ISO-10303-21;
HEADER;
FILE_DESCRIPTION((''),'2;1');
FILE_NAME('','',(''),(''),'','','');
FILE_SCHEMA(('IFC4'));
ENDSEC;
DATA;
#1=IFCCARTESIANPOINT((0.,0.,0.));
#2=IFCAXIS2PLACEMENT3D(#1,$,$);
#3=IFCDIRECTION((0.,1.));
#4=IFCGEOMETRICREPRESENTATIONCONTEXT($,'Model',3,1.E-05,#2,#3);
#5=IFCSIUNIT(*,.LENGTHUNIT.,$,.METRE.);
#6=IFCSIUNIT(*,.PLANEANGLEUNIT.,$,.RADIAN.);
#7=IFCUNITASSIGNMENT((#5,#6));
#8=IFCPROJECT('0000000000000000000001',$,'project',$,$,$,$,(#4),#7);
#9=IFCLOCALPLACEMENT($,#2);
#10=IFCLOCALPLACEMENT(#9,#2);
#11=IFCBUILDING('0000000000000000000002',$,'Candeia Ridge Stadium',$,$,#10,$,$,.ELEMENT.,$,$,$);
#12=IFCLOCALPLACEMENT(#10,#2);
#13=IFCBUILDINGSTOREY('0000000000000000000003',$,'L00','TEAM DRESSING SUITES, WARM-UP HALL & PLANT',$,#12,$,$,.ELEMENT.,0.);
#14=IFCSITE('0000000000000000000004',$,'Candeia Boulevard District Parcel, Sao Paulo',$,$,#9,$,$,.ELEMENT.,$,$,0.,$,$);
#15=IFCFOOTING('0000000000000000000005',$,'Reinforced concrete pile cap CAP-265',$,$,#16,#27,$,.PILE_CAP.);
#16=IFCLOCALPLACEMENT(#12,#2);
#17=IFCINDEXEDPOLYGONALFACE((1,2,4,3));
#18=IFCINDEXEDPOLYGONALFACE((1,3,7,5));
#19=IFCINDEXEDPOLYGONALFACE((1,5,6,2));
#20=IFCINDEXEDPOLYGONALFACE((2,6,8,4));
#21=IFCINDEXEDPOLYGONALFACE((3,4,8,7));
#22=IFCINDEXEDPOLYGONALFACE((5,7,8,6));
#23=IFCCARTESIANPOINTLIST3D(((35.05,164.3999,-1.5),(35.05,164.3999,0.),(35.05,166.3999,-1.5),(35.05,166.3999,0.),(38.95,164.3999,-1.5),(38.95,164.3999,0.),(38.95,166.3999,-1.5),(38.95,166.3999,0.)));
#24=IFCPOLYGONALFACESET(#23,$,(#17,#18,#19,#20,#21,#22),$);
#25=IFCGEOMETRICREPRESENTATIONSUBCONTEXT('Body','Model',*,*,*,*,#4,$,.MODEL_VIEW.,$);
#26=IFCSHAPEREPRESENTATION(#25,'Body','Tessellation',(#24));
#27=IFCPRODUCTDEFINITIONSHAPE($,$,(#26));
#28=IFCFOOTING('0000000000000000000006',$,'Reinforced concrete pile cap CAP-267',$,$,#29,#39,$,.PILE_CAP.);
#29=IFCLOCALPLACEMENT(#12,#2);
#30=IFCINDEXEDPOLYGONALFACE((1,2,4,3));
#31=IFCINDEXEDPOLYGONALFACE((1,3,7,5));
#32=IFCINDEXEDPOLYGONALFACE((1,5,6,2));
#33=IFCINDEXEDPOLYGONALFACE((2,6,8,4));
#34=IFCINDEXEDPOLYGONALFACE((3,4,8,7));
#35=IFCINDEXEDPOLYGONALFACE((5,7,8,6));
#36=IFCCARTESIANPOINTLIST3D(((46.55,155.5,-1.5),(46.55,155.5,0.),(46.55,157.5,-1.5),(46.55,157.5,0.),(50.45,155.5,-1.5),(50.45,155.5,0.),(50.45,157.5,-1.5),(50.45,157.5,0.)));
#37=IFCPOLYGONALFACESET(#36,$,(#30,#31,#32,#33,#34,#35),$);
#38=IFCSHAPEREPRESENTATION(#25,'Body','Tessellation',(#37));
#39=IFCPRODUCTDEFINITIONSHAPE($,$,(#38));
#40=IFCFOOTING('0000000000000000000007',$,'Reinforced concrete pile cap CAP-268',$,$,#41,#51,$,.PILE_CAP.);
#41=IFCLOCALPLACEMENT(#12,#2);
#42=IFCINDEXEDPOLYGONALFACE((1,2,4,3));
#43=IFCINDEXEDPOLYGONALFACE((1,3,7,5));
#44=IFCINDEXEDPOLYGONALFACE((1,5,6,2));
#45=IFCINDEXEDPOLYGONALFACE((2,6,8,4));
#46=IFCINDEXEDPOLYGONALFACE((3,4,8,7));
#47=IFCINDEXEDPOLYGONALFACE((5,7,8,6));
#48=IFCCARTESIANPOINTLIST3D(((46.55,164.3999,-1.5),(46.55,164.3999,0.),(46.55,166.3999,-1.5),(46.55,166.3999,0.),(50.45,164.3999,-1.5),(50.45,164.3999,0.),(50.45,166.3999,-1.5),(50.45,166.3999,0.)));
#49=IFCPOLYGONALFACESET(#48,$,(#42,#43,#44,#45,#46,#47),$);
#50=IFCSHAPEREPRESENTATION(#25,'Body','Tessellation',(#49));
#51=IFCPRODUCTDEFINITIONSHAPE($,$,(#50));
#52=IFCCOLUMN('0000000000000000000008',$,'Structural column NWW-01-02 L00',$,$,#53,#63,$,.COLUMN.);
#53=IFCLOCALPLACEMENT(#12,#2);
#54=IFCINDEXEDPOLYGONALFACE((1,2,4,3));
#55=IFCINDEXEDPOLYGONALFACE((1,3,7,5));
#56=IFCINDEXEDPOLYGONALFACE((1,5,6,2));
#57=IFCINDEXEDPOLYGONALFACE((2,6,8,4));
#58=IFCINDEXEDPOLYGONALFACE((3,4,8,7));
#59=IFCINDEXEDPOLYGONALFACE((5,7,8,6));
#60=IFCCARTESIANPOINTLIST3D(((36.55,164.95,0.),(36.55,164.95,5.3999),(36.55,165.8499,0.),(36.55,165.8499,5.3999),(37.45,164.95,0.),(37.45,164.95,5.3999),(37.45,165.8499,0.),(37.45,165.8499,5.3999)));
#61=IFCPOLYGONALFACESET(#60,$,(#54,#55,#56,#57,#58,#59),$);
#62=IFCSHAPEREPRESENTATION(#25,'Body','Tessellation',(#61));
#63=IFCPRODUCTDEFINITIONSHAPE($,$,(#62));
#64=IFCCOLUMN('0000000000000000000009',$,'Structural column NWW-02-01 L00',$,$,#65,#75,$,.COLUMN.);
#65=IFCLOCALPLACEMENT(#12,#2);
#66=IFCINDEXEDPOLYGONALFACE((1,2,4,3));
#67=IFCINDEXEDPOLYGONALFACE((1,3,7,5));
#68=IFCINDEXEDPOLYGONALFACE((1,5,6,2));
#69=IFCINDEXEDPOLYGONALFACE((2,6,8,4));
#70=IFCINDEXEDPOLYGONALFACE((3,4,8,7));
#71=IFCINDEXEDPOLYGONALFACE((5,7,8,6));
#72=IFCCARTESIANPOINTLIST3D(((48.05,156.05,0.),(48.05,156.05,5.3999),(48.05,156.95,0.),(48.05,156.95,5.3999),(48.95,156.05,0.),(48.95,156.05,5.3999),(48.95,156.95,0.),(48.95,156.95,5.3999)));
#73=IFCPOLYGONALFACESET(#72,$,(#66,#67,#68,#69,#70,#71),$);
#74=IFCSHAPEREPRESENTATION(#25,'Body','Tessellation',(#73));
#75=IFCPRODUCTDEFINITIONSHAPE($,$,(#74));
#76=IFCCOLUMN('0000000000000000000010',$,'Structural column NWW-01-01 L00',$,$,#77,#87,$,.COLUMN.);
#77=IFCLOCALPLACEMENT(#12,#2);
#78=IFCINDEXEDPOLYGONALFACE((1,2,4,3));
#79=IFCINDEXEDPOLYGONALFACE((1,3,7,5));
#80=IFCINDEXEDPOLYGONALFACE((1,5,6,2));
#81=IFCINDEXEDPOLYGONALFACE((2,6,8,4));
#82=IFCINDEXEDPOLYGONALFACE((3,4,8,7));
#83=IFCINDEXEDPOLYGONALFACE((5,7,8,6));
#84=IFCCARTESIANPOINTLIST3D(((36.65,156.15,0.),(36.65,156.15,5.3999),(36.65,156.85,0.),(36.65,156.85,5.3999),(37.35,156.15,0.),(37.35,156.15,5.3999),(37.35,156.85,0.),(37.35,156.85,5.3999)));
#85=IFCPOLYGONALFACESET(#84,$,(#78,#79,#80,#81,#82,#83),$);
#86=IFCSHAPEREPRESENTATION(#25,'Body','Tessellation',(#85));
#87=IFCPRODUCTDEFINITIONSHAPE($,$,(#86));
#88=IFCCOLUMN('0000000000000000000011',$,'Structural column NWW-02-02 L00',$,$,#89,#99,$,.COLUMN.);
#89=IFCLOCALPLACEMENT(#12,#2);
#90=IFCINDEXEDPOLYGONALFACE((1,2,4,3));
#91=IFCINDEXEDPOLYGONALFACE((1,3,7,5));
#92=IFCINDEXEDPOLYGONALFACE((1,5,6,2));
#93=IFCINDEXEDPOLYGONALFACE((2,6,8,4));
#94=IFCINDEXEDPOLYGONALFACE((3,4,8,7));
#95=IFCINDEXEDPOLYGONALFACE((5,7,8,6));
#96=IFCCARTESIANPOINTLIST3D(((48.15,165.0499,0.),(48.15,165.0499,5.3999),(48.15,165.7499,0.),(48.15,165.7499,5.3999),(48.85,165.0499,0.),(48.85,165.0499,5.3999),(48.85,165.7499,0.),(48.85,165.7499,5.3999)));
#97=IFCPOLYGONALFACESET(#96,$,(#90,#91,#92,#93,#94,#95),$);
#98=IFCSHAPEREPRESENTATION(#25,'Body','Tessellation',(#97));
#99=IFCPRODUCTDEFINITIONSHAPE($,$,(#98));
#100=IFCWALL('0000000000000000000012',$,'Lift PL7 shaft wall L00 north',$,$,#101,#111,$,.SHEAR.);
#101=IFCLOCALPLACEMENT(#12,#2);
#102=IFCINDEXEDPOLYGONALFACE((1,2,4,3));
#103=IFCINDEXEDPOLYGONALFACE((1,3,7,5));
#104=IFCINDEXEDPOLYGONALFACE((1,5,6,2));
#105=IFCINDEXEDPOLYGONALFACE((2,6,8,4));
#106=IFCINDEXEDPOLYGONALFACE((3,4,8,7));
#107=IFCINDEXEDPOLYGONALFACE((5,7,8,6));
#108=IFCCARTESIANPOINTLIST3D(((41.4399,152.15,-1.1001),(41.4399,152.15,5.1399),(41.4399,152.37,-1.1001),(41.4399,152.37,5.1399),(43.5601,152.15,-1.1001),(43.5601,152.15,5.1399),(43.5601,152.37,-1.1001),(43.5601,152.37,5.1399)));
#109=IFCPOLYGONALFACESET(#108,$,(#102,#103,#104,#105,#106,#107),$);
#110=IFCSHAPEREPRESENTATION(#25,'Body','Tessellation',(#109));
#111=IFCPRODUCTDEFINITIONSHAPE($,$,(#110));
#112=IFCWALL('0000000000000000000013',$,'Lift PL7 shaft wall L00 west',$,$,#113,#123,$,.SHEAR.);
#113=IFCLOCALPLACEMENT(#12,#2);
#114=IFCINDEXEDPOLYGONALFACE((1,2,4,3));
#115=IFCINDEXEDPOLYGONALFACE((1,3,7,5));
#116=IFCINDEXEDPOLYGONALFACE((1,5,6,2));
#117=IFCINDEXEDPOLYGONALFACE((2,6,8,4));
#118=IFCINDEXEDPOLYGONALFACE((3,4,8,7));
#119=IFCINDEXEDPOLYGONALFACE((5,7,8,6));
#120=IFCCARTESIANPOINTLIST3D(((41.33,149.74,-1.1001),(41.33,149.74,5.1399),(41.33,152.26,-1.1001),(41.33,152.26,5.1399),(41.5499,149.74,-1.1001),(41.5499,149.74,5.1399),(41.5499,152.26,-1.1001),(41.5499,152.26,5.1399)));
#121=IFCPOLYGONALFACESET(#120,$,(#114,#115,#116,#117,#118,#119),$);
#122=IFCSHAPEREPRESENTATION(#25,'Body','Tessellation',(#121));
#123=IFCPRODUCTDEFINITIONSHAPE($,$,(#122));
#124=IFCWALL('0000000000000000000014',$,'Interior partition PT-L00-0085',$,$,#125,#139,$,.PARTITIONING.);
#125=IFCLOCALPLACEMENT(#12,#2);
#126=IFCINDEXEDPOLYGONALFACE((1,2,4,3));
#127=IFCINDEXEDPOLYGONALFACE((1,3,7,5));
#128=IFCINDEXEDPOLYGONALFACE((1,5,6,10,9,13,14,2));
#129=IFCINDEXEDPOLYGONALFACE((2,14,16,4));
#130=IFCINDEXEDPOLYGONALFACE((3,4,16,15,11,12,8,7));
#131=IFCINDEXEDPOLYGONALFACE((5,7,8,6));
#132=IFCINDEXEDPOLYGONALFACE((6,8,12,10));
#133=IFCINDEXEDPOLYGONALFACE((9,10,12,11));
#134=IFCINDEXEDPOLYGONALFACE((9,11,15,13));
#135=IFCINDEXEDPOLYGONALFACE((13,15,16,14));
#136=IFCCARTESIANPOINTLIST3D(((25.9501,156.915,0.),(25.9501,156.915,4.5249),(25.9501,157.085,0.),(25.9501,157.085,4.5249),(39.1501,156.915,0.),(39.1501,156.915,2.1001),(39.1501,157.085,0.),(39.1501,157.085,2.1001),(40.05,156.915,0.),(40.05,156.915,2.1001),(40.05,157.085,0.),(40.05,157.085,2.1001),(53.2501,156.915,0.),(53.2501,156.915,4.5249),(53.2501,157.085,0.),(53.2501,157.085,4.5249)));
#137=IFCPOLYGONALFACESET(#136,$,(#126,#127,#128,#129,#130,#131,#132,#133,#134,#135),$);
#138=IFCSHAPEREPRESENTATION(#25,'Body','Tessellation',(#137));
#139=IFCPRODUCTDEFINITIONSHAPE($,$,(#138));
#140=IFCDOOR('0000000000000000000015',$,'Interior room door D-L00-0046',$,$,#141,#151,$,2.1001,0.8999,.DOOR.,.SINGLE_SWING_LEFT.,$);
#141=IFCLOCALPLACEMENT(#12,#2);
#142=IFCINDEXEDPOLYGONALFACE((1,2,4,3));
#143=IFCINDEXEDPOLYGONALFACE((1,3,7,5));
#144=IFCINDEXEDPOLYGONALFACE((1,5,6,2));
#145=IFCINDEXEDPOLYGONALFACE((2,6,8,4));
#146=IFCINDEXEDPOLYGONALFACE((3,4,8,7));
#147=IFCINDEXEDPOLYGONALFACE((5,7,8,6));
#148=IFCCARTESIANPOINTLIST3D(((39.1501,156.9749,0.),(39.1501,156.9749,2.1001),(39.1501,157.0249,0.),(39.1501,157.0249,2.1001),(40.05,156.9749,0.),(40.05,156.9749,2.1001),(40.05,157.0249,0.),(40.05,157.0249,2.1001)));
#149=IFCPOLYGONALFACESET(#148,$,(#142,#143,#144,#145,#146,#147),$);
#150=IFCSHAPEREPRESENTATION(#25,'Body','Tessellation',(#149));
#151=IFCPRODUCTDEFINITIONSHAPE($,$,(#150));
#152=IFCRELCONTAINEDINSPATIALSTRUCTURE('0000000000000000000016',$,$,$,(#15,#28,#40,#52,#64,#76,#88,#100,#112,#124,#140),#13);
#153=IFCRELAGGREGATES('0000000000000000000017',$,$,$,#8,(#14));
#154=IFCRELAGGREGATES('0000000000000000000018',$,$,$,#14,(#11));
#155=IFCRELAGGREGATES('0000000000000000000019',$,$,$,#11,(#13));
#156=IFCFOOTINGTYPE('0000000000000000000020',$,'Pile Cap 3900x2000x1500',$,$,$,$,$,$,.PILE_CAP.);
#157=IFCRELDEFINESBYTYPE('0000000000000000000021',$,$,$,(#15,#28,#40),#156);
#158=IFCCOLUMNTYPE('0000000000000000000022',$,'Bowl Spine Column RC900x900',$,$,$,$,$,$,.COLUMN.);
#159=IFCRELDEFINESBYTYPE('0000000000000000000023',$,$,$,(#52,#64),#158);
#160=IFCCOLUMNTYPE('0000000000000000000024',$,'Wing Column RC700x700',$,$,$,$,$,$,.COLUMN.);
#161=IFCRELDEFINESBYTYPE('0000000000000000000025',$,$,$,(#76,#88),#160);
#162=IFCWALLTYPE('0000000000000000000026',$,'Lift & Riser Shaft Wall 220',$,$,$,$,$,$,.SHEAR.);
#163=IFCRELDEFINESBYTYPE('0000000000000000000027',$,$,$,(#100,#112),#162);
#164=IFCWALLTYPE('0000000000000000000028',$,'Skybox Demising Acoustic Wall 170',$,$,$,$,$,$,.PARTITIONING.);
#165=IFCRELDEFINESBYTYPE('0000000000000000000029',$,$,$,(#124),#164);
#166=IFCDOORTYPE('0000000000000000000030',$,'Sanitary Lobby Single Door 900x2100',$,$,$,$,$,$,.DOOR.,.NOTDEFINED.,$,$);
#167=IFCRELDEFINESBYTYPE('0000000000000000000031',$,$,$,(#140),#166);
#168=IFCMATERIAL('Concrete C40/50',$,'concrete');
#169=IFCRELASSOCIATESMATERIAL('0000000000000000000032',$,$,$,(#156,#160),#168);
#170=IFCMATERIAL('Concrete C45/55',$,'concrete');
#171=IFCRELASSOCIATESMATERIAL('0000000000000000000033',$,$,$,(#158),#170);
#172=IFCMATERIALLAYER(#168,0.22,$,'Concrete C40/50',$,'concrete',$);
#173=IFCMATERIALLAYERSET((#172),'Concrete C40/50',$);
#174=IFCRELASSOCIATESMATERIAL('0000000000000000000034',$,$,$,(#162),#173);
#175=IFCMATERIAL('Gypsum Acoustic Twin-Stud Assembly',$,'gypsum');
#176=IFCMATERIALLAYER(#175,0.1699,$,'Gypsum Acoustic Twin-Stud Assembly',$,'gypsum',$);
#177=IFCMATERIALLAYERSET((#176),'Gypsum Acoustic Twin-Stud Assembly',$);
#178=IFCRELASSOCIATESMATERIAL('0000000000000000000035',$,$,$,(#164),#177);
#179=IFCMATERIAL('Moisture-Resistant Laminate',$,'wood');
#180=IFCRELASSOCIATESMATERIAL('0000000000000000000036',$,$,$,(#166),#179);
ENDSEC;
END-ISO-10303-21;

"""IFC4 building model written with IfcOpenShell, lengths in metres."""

from ifc_helpers import new_model, si_unit, direction, frame, frame_2d, origin, origin_2d, place, context, subcontext, project, spatial, rectangle, extrude, material, layer, layer_set, material_profile, profile_set, type_object, element, fill, save


model = new_model("IFC4")

# Units and contexts
model_context = context("Model", 3, precision=1e-05, world=origin(), true_north=direction((0.0, 1.0)))
body_context = subcontext(model_context, "Body", "Model", "MODEL_VIEW")
ifc_project = project(units=[si_unit("LENGTHUNIT", "METRE"), si_unit("PLANEANGLEUNIT", "RADIAN")], contexts=[model_context])

# Site, building, storey
site_placement = place(None, origin())
site = spatial("IfcSite", under=ifc_project, at=site_placement, Name="Candeia Boulevard District Parcel, Sao Paulo", CompositionType="ELEMENT", RefElevation=0.0)
building_placement = place(site_placement, origin())
building = spatial("IfcBuilding", under=site, at=building_placement, Name="Candeia Ridge Stadium", CompositionType="ELEMENT")
storey_placement = place(building_placement, origin())
storey = spatial("IfcBuildingStorey", under=building, at=storey_placement, Name="L00", Description="TEAM DRESSING SUITES, WARM-UP HALL & PLANT", CompositionType="ELEMENT", Elevation=0.0)

# Shared definitions
ifc_material_1 = material(Name="Concrete C40/50", Category="concrete")

# Footings
footing_type_1 = type_object("IfcFootingType", Name="Pile Cap 3900x2000x1500", PredefinedType="PILE_CAP", material=ifc_material_1)
for number, where, z_axis, x_axis, name in (
    (1, (37.0, 165.3999, -1.5), (0.0, 0.0, 1.0), (1.0, 0.0, 0.0), "Reinforced concrete pile cap CAP-265"),
    (2, (48.5, 156.5, -1.5), (0.0, 0.0, 1.0), (1.0, 0.0, 0.0), "Reinforced concrete pile cap CAP-267"),
    (3, (48.5, 165.3999, -1.5), (0.0, 0.0, 1.0), (1.0, 0.0, 0.0), "Reinforced concrete pile cap CAP-268"),
):
    element("IfcFooting", number, at=place(storey_placement, frame(where, z_axis=z_axis, x_axis=x_axis)), inside=storey, type_object=footing_type_1, Name=name, PredefinedType="PILE_CAP", context=body_context, shape_type="SweptSolid", body=[
        extrude(rectangle(XDim=3.8999, YDim=2.0, at=origin_2d()), origin(), (0.0, 0.0, 1.0), 1.5),
    ])

# Columns
ifc_material_2 = material(Name="Concrete C45/55", Category="concrete")
ifc_material_profile_1 = material_profile(ifc_material_2, rectangle(XDim=0.8999, YDim=0.8999, at=origin_2d()), Name="RC900x900", Category="concrete")
ifc_profile_set_1 = profile_set([ifc_material_profile_1], Name="Concrete C45/55")
column_type_1 = type_object("IfcColumnType", Name="Bowl Spine Column RC900x900", PredefinedType="COLUMN", material=ifc_profile_set_1)
for number, where, z_axis, x_axis, name in (
    (4, (37.0, 165.3999, 0.0), (0.0, 0.0, 1.0), (1.0, 0.0, 0.0), "Structural column NWW-01-02 L00"),
    (5, (48.5, 156.5, 0.0), (0.0, 0.0, 1.0), (1.0, 0.0, 0.0), "Structural column NWW-02-01 L00"),
):
    element("IfcColumn", number, at=place(storey_placement, frame(where, z_axis=z_axis, x_axis=x_axis)), inside=storey, type_object=column_type_1, Name=name, PredefinedType="COLUMN", context=body_context, shape_type="SweptSolid", body=[
        extrude(rectangle(XDim=0.8999, YDim=0.8999, at=origin_2d()), origin(), (0.0, 0.0, 1.0), 5.3999),
    ])
ifc_material_profile_2 = material_profile(ifc_material_1, rectangle(XDim=0.7, YDim=0.7, at=origin_2d()), Name="RC700x700", Category="concrete")
ifc_profile_set_2 = profile_set([ifc_material_profile_2], Name="Concrete C40/50")
column_type_2 = type_object("IfcColumnType", Name="Wing Column RC700x700", PredefinedType="COLUMN", material=ifc_profile_set_2)
for number, where, z_axis, x_axis, name in (
    (6, (37.0, 156.5, 0.0), (0.0, 0.0, 1.0), (1.0, 0.0, 0.0), "Structural column NWW-01-01 L00"),
    (7, (48.5, 165.3999, 0.0), (0.0, 0.0, 1.0), (1.0, 0.0, 0.0), "Structural column NWW-02-02 L00"),
):
    element("IfcColumn", number, at=place(storey_placement, frame(where, z_axis=z_axis, x_axis=x_axis)), inside=storey, type_object=column_type_2, Name=name, PredefinedType="COLUMN", context=body_context, shape_type="SweptSolid", body=[
        extrude(rectangle(XDim=0.7, YDim=0.7, at=origin_2d()), origin(), (0.0, 0.0, 1.0), 5.3999),
    ])

# Walls
ifc_layer_1 = layer(ifc_material_1, 0.22, Name="Concrete C40/50", Category="concrete")
ifc_layer_set_1 = layer_set([ifc_layer_1], Name="Concrete C40/50")
wall_type_1 = type_object("IfcWallType", Name="Lift & Riser Shaft Wall 220", PredefinedType="SHEAR", material=ifc_layer_set_1)
wall_1_placement = place(storey_placement, frame((43.5601, 152.26, -1.1001), z_axis=(0.0, 0.0, 1.0), x_axis=(-1.0, 0.0, 0.0)))
element("IfcWall", 8, at=wall_1_placement, inside=storey, type_object=wall_type_1, Name="Lift PL7 shaft wall L00 north", PredefinedType="SHEAR", context=body_context, shape_type="SweptSolid", body=[
    extrude(rectangle(XDim=2.1201, YDim=0.22, at=frame_2d((1.0601, 0.0))), origin(), (0.0, 0.0, 1.0), 6.24),
])
wall_2_placement = place(storey_placement, frame((41.4399, 152.26, -1.1001), z_axis=(0.0, 0.0, 1.0), x_axis=(0.0, -1.0, 0.0)))
element("IfcWall", 9, at=wall_2_placement, inside=storey, type_object=wall_type_1, Name="Lift PL7 shaft wall L00 west", PredefinedType="SHEAR", context=body_context, shape_type="SweptSolid", body=[
    extrude(rectangle(XDim=2.52, YDim=0.22, at=frame_2d((1.26, 0.0))), origin(), (0.0, 0.0, 1.0), 6.24),
])

# Wall, opening, door
ifc_material_3 = material(Name="Gypsum Acoustic Twin-Stud Assembly", Category="gypsum")
ifc_layer_2 = layer(ifc_material_3, 0.1699, Name="Gypsum Acoustic Twin-Stud Assembly", Category="gypsum")
ifc_layer_set_2 = layer_set([ifc_layer_2], Name="Gypsum Acoustic Twin-Stud Assembly")
wall_type_2 = type_object("IfcWallType", Name="Skybox Demising Acoustic Wall 170", PredefinedType="PARTITIONING", material=ifc_layer_set_2)
wall_3_placement = place(storey_placement, frame((53.25, 157.0, 0.0), z_axis=(0.0, 0.0, 1.0), x_axis=(-1.0, 0.0, 0.0)))
wall_3 = element("IfcWall", 10, at=wall_3_placement, inside=storey, type_object=wall_type_2, Name="Interior partition PT-L00-0085", PredefinedType="PARTITIONING", context=body_context, shape_type="SweptSolid", body=[
    extrude(rectangle(XDim=27.3, YDim=0.1699, at=frame_2d((13.6499, 0.0))), origin(), (0.0, 0.0, 1.0), 4.5249),
])
opening_1_placement = place(wall_3_placement, frame((13.2, 0.0, 0.0)))
opening_1 = element("IfcOpeningElement", 11, at=opening_1_placement, cuts=wall_3, PredefinedType="OPENING", context=body_context, shape_type="SweptSolid", body=[
    extrude(rectangle(XDim=0.8999, YDim=2.1001, at=frame_2d((0.45, 1.05))), frame((0.0, 0.095, 0.0), z_axis=(0.0, -1.0, 0.0), x_axis=(1.0, 0.0, 0.0)), (0.0, 0.0, 1.0), 0.1899),
])
ifc_material_4 = material(Name="Moisture-Resistant Laminate", Category="wood")
door_type_1 = type_object("IfcDoorType", Name="Sanitary Lobby Single Door 900x2100", OperationType="NOTDEFINED", PredefinedType="DOOR", material=ifc_material_4)
door_1_placement = place(opening_1_placement, frame((0.8999, 0.0, 0.0), z_axis=(0.0, 0.0, 1.0), x_axis=(-1.0, 0.0, 0.0)))
door_1 = element("IfcDoor", 12, at=door_1_placement, inside=storey, type_object=door_type_1, Name="Interior room door D-L00-0046", OperationType="SINGLE_SWING_LEFT", OverallHeight=2.1001, OverallWidth=0.8999, PredefinedType="DOOR", context=body_context, shape_type="SweptSolid", body=[
    extrude(rectangle(XDim=0.8999, YDim=2.1001, at=frame_2d((0.45, 1.05))), frame((0.0, 0.0249, 0.0), z_axis=(0.0, -1.0, 0.0), x_axis=(1.0, 0.0, 0.0)), (0.0, 0.0, 1.0), 0.05),
])
fill(opening_1, door_1)

save(model, "model.ifc")
